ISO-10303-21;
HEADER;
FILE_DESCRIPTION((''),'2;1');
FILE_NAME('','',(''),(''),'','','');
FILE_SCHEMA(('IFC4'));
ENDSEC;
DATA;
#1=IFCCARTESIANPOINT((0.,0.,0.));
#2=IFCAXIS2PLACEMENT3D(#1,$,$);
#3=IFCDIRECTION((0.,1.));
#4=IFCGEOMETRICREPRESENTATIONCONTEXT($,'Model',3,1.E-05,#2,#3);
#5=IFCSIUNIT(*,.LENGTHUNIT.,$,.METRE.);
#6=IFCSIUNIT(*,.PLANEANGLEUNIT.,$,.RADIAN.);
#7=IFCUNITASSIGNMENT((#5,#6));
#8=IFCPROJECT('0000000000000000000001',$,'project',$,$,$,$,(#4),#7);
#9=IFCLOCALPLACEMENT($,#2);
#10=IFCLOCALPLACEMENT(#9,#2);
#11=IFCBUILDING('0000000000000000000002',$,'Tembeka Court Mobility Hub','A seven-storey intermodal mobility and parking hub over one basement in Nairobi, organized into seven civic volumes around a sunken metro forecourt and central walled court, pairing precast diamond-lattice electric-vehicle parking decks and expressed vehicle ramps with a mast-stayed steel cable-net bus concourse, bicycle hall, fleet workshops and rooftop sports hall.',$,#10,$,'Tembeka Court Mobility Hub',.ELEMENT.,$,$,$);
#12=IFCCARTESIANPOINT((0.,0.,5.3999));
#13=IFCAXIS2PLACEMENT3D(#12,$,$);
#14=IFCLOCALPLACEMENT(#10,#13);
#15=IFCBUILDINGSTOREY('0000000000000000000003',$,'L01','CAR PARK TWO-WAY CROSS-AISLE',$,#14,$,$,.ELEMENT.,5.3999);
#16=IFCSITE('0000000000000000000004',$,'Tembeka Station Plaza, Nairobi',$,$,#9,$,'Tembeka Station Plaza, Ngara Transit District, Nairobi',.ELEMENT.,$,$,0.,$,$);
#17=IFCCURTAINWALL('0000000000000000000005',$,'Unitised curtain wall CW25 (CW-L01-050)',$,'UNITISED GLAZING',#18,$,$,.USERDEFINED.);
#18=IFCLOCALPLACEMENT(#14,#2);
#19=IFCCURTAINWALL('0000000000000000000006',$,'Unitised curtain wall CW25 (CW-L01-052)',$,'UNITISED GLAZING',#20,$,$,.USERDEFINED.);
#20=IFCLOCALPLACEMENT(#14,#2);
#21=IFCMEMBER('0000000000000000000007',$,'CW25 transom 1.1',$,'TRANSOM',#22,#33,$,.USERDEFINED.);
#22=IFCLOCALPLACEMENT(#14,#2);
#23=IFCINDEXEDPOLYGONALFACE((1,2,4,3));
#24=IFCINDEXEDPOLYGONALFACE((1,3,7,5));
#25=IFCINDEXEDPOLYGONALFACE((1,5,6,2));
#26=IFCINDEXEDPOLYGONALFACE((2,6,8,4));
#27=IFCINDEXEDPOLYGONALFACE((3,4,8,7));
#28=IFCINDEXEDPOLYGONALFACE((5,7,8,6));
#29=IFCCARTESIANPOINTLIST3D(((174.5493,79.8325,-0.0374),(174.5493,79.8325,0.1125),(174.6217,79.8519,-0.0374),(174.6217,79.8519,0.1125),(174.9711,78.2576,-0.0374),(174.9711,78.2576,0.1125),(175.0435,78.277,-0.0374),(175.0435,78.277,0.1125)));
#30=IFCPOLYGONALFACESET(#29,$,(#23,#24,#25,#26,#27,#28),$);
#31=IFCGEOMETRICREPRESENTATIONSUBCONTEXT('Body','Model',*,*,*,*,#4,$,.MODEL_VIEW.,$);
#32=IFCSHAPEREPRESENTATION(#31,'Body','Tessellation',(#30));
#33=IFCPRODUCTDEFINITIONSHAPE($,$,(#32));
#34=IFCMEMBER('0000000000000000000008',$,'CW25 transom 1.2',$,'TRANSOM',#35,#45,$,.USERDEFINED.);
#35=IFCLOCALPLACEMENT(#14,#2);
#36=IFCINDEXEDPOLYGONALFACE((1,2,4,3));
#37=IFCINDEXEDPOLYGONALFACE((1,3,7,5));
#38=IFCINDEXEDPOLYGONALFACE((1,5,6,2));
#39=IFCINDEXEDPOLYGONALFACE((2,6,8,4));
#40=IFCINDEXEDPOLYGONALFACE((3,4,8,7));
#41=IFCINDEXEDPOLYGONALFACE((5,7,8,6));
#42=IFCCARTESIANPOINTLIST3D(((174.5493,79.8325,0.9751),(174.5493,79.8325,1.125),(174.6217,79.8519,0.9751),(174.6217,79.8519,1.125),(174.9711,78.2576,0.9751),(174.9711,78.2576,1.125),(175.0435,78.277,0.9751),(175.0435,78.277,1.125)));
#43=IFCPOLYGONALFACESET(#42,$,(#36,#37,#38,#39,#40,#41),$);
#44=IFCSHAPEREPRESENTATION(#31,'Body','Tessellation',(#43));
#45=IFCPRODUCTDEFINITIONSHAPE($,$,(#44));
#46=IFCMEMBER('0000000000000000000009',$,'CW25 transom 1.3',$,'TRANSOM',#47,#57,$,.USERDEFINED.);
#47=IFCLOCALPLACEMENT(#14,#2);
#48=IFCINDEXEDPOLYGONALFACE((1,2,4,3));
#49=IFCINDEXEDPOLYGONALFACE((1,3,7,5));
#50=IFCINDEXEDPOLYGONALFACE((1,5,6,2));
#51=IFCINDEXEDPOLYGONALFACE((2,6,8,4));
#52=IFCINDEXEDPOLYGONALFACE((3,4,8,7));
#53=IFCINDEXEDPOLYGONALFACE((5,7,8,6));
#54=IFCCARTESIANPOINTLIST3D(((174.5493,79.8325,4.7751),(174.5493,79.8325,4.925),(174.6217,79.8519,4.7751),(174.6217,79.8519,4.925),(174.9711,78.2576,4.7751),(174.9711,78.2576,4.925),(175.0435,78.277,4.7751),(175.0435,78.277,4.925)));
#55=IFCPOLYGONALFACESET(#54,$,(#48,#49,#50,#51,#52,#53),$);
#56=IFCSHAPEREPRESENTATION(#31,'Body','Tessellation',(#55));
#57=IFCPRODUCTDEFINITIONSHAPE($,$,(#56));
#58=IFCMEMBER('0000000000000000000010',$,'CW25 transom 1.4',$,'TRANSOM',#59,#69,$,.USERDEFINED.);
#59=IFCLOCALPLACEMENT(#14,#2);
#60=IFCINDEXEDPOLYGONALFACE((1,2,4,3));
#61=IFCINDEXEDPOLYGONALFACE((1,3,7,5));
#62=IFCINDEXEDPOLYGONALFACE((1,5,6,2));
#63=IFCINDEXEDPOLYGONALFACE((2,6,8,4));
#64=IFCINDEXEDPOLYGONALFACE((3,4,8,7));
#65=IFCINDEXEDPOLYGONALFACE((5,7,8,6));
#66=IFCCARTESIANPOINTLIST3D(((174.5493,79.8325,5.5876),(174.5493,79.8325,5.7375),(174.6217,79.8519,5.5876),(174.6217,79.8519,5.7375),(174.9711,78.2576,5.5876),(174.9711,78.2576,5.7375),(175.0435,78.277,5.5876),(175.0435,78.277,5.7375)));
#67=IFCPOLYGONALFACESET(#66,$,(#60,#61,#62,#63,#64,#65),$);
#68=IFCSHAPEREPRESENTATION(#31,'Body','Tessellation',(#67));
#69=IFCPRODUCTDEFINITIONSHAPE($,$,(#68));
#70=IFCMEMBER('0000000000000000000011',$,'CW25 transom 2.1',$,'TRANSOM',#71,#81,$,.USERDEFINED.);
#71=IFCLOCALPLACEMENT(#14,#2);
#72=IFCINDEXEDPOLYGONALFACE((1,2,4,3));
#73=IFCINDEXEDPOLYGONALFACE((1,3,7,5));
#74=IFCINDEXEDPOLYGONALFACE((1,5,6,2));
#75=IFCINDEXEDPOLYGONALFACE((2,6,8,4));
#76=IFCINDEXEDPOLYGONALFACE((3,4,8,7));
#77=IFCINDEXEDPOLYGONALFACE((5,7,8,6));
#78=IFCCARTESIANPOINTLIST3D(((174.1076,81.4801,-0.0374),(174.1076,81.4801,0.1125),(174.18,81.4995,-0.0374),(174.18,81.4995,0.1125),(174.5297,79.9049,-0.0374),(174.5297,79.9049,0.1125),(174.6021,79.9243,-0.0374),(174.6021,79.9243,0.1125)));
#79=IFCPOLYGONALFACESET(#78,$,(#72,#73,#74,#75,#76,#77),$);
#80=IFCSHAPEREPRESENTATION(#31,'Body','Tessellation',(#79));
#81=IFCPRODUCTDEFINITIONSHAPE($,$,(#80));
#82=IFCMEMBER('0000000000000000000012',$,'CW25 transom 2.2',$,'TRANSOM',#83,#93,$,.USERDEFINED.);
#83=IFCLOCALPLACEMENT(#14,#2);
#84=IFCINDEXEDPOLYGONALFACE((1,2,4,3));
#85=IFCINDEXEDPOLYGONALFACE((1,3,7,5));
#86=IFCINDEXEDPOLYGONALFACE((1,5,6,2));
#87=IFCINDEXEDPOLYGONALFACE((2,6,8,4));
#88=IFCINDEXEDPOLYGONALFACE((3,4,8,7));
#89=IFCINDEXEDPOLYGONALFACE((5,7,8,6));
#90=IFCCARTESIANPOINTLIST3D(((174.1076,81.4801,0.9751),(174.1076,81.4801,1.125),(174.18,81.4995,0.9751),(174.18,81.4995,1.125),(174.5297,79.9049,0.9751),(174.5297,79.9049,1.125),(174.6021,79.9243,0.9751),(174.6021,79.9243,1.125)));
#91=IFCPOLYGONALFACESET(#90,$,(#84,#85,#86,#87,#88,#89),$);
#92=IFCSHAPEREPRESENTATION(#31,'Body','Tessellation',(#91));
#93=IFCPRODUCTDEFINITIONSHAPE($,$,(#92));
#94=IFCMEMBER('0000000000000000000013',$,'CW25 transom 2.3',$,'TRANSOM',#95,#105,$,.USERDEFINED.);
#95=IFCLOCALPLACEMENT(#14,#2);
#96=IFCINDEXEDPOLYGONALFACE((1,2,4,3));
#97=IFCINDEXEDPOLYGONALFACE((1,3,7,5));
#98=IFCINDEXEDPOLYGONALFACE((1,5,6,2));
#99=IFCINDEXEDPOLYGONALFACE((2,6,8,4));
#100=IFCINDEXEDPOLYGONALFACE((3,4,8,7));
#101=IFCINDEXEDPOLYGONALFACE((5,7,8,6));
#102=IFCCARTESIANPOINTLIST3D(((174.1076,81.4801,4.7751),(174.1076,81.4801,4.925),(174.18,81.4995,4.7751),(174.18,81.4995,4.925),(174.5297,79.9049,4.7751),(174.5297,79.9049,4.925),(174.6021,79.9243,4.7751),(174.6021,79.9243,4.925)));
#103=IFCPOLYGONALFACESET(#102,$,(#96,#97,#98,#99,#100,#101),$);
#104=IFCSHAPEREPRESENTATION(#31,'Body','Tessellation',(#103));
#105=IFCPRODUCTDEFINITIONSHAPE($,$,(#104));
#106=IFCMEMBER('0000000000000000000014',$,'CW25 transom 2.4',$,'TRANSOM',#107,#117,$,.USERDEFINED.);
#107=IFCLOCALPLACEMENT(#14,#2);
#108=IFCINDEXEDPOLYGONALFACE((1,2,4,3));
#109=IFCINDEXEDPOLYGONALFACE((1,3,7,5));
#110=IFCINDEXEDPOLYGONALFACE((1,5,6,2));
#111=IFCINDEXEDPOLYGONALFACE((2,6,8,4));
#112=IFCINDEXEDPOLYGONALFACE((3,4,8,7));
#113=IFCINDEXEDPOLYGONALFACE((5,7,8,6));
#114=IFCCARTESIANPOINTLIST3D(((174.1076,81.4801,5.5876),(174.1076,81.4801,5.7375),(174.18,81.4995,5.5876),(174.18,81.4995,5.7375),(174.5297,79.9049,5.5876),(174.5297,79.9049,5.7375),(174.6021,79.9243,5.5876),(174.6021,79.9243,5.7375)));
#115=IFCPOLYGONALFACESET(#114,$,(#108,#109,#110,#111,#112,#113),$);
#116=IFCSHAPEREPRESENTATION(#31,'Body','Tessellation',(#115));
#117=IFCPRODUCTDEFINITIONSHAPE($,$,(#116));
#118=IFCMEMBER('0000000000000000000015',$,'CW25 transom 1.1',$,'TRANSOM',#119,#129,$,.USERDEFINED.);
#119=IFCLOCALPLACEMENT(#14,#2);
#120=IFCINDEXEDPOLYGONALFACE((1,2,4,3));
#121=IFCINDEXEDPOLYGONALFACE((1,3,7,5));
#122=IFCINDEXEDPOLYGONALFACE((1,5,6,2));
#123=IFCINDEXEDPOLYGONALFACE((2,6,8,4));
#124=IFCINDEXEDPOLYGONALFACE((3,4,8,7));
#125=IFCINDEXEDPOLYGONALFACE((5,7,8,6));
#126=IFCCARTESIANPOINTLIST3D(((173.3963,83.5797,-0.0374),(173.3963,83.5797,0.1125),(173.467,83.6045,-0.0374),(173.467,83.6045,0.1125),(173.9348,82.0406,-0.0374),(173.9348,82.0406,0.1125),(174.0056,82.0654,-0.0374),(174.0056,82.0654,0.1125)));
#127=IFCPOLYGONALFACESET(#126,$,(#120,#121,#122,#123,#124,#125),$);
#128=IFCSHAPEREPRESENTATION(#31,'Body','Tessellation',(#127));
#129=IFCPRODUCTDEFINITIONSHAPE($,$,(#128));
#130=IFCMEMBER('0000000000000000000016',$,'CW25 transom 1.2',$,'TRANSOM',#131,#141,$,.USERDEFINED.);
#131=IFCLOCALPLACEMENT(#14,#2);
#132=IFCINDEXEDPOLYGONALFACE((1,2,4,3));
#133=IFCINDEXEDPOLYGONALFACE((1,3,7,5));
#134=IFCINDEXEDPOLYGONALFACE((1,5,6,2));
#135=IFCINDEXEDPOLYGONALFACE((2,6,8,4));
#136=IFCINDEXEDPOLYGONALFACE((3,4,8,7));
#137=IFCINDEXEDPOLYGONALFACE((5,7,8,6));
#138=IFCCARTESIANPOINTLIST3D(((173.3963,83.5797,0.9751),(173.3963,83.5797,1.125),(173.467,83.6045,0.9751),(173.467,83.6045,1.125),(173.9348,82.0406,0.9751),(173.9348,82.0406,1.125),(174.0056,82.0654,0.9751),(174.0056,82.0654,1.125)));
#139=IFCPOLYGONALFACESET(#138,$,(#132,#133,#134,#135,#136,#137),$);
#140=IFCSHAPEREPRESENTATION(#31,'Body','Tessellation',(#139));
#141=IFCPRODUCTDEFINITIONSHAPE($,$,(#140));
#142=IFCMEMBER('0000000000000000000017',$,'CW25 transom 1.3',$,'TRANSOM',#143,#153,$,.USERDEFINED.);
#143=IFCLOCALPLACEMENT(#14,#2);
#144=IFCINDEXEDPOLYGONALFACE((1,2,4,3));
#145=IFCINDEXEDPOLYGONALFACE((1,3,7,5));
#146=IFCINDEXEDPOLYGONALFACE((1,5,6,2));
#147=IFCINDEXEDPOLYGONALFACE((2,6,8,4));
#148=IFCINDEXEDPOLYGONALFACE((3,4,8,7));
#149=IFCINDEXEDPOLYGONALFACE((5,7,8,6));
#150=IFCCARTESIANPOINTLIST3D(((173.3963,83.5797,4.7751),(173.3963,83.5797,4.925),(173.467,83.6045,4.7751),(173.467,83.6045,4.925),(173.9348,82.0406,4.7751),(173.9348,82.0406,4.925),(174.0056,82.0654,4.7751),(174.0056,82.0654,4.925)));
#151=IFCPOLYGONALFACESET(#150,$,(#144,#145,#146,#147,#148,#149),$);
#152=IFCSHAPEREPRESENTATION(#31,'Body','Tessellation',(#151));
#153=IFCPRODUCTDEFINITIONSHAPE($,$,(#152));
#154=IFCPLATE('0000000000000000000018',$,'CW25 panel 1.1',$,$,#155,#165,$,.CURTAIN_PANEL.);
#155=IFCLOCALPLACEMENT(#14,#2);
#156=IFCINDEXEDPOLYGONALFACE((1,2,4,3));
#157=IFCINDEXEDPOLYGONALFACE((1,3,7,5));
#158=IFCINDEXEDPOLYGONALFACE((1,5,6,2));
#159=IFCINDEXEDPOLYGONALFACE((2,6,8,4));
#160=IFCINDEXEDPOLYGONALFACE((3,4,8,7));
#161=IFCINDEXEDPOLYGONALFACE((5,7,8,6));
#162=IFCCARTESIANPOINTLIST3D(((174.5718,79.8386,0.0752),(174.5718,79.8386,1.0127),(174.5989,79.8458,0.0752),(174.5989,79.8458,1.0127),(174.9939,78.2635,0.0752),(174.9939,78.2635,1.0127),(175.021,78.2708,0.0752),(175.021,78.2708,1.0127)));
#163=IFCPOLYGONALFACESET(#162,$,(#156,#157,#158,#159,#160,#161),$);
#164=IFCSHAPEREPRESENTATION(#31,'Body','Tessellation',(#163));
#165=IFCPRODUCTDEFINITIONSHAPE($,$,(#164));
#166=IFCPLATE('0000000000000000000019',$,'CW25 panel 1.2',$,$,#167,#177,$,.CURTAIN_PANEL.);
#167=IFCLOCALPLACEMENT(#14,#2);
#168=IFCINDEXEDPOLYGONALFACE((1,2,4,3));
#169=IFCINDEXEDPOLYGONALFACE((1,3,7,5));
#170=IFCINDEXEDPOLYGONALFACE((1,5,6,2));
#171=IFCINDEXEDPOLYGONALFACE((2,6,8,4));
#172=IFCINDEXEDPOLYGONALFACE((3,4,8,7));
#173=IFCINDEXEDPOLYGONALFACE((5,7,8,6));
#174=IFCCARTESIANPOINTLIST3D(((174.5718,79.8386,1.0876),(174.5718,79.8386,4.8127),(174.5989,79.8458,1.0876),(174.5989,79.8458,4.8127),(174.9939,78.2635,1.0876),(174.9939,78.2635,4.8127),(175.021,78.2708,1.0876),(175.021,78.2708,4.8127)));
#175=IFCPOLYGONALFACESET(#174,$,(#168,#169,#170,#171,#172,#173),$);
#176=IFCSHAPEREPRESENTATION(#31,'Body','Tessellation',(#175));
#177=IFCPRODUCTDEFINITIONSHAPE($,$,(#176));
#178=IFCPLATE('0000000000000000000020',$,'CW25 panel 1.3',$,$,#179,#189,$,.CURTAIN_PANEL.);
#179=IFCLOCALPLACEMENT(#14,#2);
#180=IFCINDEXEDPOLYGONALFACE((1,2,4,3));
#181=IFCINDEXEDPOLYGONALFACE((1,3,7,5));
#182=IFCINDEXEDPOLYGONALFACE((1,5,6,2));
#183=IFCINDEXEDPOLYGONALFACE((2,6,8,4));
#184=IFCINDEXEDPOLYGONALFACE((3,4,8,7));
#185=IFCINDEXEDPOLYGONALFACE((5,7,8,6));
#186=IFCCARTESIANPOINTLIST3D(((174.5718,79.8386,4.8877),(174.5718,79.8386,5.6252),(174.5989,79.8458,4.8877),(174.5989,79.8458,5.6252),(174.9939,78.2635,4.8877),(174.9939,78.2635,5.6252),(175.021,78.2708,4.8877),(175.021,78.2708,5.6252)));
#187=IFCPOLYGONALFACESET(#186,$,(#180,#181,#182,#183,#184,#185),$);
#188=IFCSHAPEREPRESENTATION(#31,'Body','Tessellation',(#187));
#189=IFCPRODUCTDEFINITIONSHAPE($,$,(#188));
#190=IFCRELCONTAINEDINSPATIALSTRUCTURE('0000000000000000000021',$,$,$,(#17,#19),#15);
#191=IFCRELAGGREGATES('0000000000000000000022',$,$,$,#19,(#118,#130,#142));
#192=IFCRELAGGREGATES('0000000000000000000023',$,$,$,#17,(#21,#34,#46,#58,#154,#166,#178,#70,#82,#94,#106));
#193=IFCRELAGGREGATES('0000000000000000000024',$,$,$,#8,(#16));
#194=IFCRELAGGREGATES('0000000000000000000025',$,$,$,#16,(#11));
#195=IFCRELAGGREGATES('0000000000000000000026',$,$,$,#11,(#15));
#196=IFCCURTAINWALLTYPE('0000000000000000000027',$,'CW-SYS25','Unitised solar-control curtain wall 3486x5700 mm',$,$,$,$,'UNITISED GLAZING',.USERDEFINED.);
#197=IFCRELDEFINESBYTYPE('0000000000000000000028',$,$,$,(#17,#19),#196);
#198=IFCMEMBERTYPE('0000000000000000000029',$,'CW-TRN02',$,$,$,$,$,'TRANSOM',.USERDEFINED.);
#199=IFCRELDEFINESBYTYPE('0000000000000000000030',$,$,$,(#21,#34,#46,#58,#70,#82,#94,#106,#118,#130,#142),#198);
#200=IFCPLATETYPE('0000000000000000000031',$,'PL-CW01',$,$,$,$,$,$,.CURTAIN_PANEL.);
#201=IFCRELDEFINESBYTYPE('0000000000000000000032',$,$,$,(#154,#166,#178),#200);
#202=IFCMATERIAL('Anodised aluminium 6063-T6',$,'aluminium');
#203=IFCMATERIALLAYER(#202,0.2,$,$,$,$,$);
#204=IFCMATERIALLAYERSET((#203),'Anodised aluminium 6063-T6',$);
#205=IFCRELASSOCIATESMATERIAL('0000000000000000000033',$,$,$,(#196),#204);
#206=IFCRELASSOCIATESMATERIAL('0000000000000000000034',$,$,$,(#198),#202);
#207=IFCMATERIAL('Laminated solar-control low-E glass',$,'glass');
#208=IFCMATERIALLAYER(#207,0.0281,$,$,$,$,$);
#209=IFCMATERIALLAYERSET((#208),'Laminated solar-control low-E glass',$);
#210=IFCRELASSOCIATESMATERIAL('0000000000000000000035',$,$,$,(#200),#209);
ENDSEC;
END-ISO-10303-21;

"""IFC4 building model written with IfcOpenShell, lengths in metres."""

from ifc_helpers import new_model, si_unit, direction, frame, origin, origin_2d, place, context, subcontext, project, spatial, rectangle, extrude, material, layer, layer_set, material_profile, profile_set, type_object, element, aggregate, save


model = new_model("IFC4")

# Units and contexts
model_context = context("Model", 3, precision=1e-05, world=origin(), true_north=direction((0.0, 1.0)))
body_context = subcontext(model_context, "Body", "Model", "MODEL_VIEW")
ifc_project = project(units=[si_unit("LENGTHUNIT", "METRE"), si_unit("PLANEANGLEUNIT", "RADIAN")], contexts=[model_context])

# Site, building, storey
site_placement = place(None, origin())
site = spatial("IfcSite", under=ifc_project, at=site_placement, Name="Tembeka Station Plaza, Nairobi", LongName="Tembeka Station Plaza, Ngara Transit District, Nairobi", CompositionType="ELEMENT", RefElevation=0.0)
building_placement = place(site_placement, origin())
building = spatial("IfcBuilding", under=site, at=building_placement, Name="Tembeka Court Mobility Hub", Description="A seven-storey intermodal mobility and parking hub over one basement in Nairobi, organized into seven civic volumes around a sunken metro forecourt and central walled court, pairing precast diamond-lattice electric-vehicle parking decks and expressed vehicle ramps with a mast-stayed steel cable-net bus concourse, bicycle hall, fleet workshops and rooftop sports hall.", LongName="Tembeka Court Mobility Hub", CompositionType="ELEMENT")
storey_placement = place(building_placement, frame((0.0, 0.0, 5.3999)))
storey = spatial("IfcBuildingStorey", under=building, at=storey_placement, Name="L01", Description="CAR PARK TWO-WAY CROSS-AISLE", CompositionType="ELEMENT", Elevation=5.3999)

# Curtain wall
ifc_material_1 = material(Name="Anodised aluminium 6063-T6", Category="aluminium")
ifc_layer_1 = layer(ifc_material_1, 0.2)
ifc_layer_set_1 = layer_set([ifc_layer_1], Name="Anodised aluminium 6063-T6")
curtain_wall_type = type_object("IfcCurtainWallType", Name="CW-SYS25", Description="Unitised solar-control curtain wall 3486x5700 mm", ElementType="UNITISED GLAZING", PredefinedType="USERDEFINED", material=ifc_layer_set_1)
curtain_wall_1_placement = place(storey_placement, origin())
curtain_wall_1 = element("IfcCurtainWall", 1, at=curtain_wall_1_placement, inside=storey, type_object=curtain_wall_type, Name="Unitised curtain wall CW25 (CW-L01-050)", ObjectType="UNITISED GLAZING", PredefinedType="USERDEFINED")

# Curtain wall
curtain_wall_2_placement = place(storey_placement, origin())
curtain_wall_2 = element("IfcCurtainWall", 2, at=curtain_wall_2_placement, inside=storey, type_object=curtain_wall_type, Name="Unitised curtain wall CW25 (CW-L01-052)", ObjectType="UNITISED GLAZING", PredefinedType="USERDEFINED")

# Members
ifc_material_profile_1 = material_profile(ifc_material_1, rectangle(XDim=0.075, YDim=0.1499, at=origin_2d()), Name="ALU-TRN 75x150")
ifc_profile_set_1 = profile_set([ifc_material_profile_1], Name="Anodised aluminium 6063-T6")
member_type_1 = type_object("IfcMemberType", Name="CW-TRN02", ElementType="TRANSOM", PredefinedType="USERDEFINED", material=ifc_profile_set_1)
member_1_placement = place(storey_placement, frame((175.0073, 78.2673, 0.0376), z_axis=(-0.258744, 0.965946, 0.0), x_axis=(-0.965946, -0.258744, 0.0)))
member_1 = element("IfcMember", 3, at=member_1_placement, type_object=member_type_1, Name="CW25 transom 1.1", ObjectType="TRANSOM", PredefinedType="USERDEFINED", context=body_context, shape_type="SweptSolid", body=[
    extrude(rectangle(XDim=0.075, YDim=0.1499, at=origin_2d()), origin(), (0.0, 0.0, 1.0), 1.6304),
])
member_2_placement = place(storey_placement, frame((175.0073, 78.2673, 1.05), z_axis=(-0.258744, 0.965946, 0.0), x_axis=(-0.965946, -0.258744, 0.0)))
member_2 = element("IfcMember", 4, at=member_2_placement, type_object=member_type_1, Name="CW25 transom 1.2", ObjectType="TRANSOM", PredefinedType="USERDEFINED", context=body_context, shape_type="SweptSolid", body=[
    extrude(rectangle(XDim=0.075, YDim=0.1499, at=origin_2d()), origin(), (0.0, 0.0, 1.0), 1.6304),
])
member_3_placement = place(storey_placement, frame((175.0073, 78.2673, 4.8501), z_axis=(-0.258744, 0.965946, 0.0), x_axis=(-0.965946, -0.258744, 0.0)))
member_3 = element("IfcMember", 5, at=member_3_placement, type_object=member_type_1, Name="CW25 transom 1.3", ObjectType="TRANSOM", PredefinedType="USERDEFINED", context=body_context, shape_type="SweptSolid", body=[
    extrude(rectangle(XDim=0.075, YDim=0.1499, at=origin_2d()), origin(), (0.0, 0.0, 1.0), 1.6304),
])
member_4_placement = place(storey_placement, frame((175.0073, 78.2673, 5.6626), z_axis=(-0.258744, 0.965946, 0.0), x_axis=(-0.965946, -0.258744, 0.0)))
member_4 = element("IfcMember", 6, at=member_4_placement, type_object=member_type_1, Name="CW25 transom 1.4", ObjectType="TRANSOM", PredefinedType="USERDEFINED", context=body_context, shape_type="SweptSolid", body=[
    extrude(rectangle(XDim=0.075, YDim=0.1499, at=origin_2d()), origin(), (0.0, 0.0, 1.0), 1.6304),
])
member_5_placement = place(storey_placement, frame((174.5659, 79.9146, 0.0376), z_axis=(-0.258846, 0.965919, 0.0), x_axis=(-0.965919, -0.258846, 0.0)))
member_5 = element("IfcMember", 7, at=member_5_placement, type_object=member_type_1, Name="CW25 transom 2.1", ObjectType="TRANSOM", PredefinedType="USERDEFINED", context=body_context, shape_type="SweptSolid", body=[
    extrude(rectangle(XDim=0.075, YDim=0.1499, at=origin_2d()), origin(), (0.0, 0.0, 1.0), 1.6309),
])
member_6_placement = place(storey_placement, frame((174.5659, 79.9146, 1.05), z_axis=(-0.258846, 0.965919, 0.0), x_axis=(-0.965919, -0.258846, 0.0)))
member_6 = element("IfcMember", 8, at=member_6_placement, type_object=member_type_1, Name="CW25 transom 2.2", ObjectType="TRANSOM", PredefinedType="USERDEFINED", context=body_context, shape_type="SweptSolid", body=[
    extrude(rectangle(XDim=0.075, YDim=0.1499, at=origin_2d()), origin(), (0.0, 0.0, 1.0), 1.6309),
])
member_7_placement = place(storey_placement, frame((174.5659, 79.9146, 4.8501), z_axis=(-0.258846, 0.965919, 0.0), x_axis=(-0.965919, -0.258846, 0.0)))
member_7 = element("IfcMember", 9, at=member_7_placement, type_object=member_type_1, Name="CW25 transom 2.3", ObjectType="TRANSOM", PredefinedType="USERDEFINED", context=body_context, shape_type="SweptSolid", body=[
    extrude(rectangle(XDim=0.075, YDim=0.1499, at=origin_2d()), origin(), (0.0, 0.0, 1.0), 1.6309),
])
member_8_placement = place(storey_placement, frame((174.5659, 79.9146, 5.6626), z_axis=(-0.258846, 0.965919, 0.0), x_axis=(-0.965919, -0.258846, 0.0)))
member_8 = element("IfcMember", 10, at=member_8_placement, type_object=member_type_1, Name="CW25 transom 2.4", ObjectType="TRANSOM", PredefinedType="USERDEFINED", context=body_context, shape_type="SweptSolid", body=[
    extrude(rectangle(XDim=0.075, YDim=0.1499, at=origin_2d()), origin(), (0.0, 0.0, 1.0), 1.6309),
])
member_9_placement = place(storey_placement, frame((173.9702, 82.053, 0.0376), z_axis=(-0.330297, 0.943877, 0.0), x_axis=(-0.943877, -0.330297, 0.0)))
member_9 = element("IfcMember", 11, at=member_9_placement, type_object=member_type_1, Name="CW25 transom 1.1", ObjectType="TRANSOM", PredefinedType="USERDEFINED", context=body_context, shape_type="SweptSolid", body=[
    extrude(rectangle(XDim=0.075, YDim=0.1499, at=origin_2d()), origin(), (0.0, 0.0, 1.0), 1.6306),
])
member_10_placement = place(storey_placement, frame((173.9702, 82.053, 1.05), z_axis=(-0.330297, 0.943877, 0.0), x_axis=(-0.943877, -0.330297, 0.0)))
member_10 = element("IfcMember", 12, at=member_10_placement, type_object=member_type_1, Name="CW25 transom 1.2", ObjectType="TRANSOM", PredefinedType="USERDEFINED", context=body_context, shape_type="SweptSolid", body=[
    extrude(rectangle(XDim=0.075, YDim=0.1499, at=origin_2d()), origin(), (0.0, 0.0, 1.0), 1.6306),
])
member_11_placement = place(storey_placement, frame((173.9702, 82.053, 4.8501), z_axis=(-0.330297, 0.943877, 0.0), x_axis=(-0.943877, -0.330297, 0.0)))
member_11 = element("IfcMember", 13, at=member_11_placement, type_object=member_type_1, Name="CW25 transom 1.3", ObjectType="TRANSOM", PredefinedType="USERDEFINED", context=body_context, shape_type="SweptSolid", body=[
    extrude(rectangle(XDim=0.075, YDim=0.1499, at=origin_2d()), origin(), (0.0, 0.0, 1.0), 1.6306),
])
aggregate(curtain_wall_2, [member_9, member_10, member_11])

# Plates
ifc_material_2 = material(Name="Laminated solar-control low-E glass", Category="glass")
ifc_layer_2 = layer(ifc_material_2, 0.0281)
ifc_layer_set_2 = layer_set([ifc_layer_2], Name="Laminated solar-control low-E glass")
plate_type_1 = type_object("IfcPlateType", Name="PL-CW01", PredefinedType="CURTAIN_PANEL", material=ifc_layer_set_2)
plate_1_placement = place(storey_placement, frame((174.7964, 79.0547, 0.0752), z_axis=(0.0, 0.0, 1.0), x_axis=(-0.258828, 0.965923, 0.0)))
plate_1 = element("IfcPlate", 14, at=plate_1_placement, type_object=plate_type_1, Name="CW25 panel 1.1", PredefinedType="CURTAIN_PANEL", context=body_context, shape_type="SweptSolid", body=[
    extrude(rectangle(XDim=1.6306, YDim=0.0281, at=origin_2d()), origin(), (0.0, 0.0, 1.0), 0.9375),
])
plate_2_placement = place(storey_placement, frame((174.7964, 79.0547, 1.0876), z_axis=(0.0, 0.0, 1.0), x_axis=(-0.258828, 0.965923, 0.0)))
plate_2 = element("IfcPlate", 15, at=plate_2_placement, type_object=plate_type_1, Name="CW25 panel 1.2", PredefinedType="CURTAIN_PANEL", context=body_context, shape_type="SweptSolid", body=[
    extrude(rectangle(XDim=1.6306, YDim=0.0281, at=origin_2d()), origin(), (0.0, 0.0, 1.0), 3.7251),
])
plate_3_placement = place(storey_placement, frame((174.7964, 79.0547, 4.8877), z_axis=(0.0, 0.0, 1.0), x_axis=(-0.258828, 0.965923, 0.0)))
plate_3 = element("IfcPlate", 16, at=plate_3_placement, type_object=plate_type_1, Name="CW25 panel 1.3", PredefinedType="CURTAIN_PANEL", context=body_context, shape_type="SweptSolid", body=[
    extrude(rectangle(XDim=1.6306, YDim=0.0281, at=origin_2d()), origin(), (0.0, 0.0, 1.0), 0.7375),
])
aggregate(curtain_wall_1, [member_1, member_2, member_3, member_4, plate_1, plate_2, plate_3, member_5, member_6, member_7, member_8])

save(model, "model.ifc")
